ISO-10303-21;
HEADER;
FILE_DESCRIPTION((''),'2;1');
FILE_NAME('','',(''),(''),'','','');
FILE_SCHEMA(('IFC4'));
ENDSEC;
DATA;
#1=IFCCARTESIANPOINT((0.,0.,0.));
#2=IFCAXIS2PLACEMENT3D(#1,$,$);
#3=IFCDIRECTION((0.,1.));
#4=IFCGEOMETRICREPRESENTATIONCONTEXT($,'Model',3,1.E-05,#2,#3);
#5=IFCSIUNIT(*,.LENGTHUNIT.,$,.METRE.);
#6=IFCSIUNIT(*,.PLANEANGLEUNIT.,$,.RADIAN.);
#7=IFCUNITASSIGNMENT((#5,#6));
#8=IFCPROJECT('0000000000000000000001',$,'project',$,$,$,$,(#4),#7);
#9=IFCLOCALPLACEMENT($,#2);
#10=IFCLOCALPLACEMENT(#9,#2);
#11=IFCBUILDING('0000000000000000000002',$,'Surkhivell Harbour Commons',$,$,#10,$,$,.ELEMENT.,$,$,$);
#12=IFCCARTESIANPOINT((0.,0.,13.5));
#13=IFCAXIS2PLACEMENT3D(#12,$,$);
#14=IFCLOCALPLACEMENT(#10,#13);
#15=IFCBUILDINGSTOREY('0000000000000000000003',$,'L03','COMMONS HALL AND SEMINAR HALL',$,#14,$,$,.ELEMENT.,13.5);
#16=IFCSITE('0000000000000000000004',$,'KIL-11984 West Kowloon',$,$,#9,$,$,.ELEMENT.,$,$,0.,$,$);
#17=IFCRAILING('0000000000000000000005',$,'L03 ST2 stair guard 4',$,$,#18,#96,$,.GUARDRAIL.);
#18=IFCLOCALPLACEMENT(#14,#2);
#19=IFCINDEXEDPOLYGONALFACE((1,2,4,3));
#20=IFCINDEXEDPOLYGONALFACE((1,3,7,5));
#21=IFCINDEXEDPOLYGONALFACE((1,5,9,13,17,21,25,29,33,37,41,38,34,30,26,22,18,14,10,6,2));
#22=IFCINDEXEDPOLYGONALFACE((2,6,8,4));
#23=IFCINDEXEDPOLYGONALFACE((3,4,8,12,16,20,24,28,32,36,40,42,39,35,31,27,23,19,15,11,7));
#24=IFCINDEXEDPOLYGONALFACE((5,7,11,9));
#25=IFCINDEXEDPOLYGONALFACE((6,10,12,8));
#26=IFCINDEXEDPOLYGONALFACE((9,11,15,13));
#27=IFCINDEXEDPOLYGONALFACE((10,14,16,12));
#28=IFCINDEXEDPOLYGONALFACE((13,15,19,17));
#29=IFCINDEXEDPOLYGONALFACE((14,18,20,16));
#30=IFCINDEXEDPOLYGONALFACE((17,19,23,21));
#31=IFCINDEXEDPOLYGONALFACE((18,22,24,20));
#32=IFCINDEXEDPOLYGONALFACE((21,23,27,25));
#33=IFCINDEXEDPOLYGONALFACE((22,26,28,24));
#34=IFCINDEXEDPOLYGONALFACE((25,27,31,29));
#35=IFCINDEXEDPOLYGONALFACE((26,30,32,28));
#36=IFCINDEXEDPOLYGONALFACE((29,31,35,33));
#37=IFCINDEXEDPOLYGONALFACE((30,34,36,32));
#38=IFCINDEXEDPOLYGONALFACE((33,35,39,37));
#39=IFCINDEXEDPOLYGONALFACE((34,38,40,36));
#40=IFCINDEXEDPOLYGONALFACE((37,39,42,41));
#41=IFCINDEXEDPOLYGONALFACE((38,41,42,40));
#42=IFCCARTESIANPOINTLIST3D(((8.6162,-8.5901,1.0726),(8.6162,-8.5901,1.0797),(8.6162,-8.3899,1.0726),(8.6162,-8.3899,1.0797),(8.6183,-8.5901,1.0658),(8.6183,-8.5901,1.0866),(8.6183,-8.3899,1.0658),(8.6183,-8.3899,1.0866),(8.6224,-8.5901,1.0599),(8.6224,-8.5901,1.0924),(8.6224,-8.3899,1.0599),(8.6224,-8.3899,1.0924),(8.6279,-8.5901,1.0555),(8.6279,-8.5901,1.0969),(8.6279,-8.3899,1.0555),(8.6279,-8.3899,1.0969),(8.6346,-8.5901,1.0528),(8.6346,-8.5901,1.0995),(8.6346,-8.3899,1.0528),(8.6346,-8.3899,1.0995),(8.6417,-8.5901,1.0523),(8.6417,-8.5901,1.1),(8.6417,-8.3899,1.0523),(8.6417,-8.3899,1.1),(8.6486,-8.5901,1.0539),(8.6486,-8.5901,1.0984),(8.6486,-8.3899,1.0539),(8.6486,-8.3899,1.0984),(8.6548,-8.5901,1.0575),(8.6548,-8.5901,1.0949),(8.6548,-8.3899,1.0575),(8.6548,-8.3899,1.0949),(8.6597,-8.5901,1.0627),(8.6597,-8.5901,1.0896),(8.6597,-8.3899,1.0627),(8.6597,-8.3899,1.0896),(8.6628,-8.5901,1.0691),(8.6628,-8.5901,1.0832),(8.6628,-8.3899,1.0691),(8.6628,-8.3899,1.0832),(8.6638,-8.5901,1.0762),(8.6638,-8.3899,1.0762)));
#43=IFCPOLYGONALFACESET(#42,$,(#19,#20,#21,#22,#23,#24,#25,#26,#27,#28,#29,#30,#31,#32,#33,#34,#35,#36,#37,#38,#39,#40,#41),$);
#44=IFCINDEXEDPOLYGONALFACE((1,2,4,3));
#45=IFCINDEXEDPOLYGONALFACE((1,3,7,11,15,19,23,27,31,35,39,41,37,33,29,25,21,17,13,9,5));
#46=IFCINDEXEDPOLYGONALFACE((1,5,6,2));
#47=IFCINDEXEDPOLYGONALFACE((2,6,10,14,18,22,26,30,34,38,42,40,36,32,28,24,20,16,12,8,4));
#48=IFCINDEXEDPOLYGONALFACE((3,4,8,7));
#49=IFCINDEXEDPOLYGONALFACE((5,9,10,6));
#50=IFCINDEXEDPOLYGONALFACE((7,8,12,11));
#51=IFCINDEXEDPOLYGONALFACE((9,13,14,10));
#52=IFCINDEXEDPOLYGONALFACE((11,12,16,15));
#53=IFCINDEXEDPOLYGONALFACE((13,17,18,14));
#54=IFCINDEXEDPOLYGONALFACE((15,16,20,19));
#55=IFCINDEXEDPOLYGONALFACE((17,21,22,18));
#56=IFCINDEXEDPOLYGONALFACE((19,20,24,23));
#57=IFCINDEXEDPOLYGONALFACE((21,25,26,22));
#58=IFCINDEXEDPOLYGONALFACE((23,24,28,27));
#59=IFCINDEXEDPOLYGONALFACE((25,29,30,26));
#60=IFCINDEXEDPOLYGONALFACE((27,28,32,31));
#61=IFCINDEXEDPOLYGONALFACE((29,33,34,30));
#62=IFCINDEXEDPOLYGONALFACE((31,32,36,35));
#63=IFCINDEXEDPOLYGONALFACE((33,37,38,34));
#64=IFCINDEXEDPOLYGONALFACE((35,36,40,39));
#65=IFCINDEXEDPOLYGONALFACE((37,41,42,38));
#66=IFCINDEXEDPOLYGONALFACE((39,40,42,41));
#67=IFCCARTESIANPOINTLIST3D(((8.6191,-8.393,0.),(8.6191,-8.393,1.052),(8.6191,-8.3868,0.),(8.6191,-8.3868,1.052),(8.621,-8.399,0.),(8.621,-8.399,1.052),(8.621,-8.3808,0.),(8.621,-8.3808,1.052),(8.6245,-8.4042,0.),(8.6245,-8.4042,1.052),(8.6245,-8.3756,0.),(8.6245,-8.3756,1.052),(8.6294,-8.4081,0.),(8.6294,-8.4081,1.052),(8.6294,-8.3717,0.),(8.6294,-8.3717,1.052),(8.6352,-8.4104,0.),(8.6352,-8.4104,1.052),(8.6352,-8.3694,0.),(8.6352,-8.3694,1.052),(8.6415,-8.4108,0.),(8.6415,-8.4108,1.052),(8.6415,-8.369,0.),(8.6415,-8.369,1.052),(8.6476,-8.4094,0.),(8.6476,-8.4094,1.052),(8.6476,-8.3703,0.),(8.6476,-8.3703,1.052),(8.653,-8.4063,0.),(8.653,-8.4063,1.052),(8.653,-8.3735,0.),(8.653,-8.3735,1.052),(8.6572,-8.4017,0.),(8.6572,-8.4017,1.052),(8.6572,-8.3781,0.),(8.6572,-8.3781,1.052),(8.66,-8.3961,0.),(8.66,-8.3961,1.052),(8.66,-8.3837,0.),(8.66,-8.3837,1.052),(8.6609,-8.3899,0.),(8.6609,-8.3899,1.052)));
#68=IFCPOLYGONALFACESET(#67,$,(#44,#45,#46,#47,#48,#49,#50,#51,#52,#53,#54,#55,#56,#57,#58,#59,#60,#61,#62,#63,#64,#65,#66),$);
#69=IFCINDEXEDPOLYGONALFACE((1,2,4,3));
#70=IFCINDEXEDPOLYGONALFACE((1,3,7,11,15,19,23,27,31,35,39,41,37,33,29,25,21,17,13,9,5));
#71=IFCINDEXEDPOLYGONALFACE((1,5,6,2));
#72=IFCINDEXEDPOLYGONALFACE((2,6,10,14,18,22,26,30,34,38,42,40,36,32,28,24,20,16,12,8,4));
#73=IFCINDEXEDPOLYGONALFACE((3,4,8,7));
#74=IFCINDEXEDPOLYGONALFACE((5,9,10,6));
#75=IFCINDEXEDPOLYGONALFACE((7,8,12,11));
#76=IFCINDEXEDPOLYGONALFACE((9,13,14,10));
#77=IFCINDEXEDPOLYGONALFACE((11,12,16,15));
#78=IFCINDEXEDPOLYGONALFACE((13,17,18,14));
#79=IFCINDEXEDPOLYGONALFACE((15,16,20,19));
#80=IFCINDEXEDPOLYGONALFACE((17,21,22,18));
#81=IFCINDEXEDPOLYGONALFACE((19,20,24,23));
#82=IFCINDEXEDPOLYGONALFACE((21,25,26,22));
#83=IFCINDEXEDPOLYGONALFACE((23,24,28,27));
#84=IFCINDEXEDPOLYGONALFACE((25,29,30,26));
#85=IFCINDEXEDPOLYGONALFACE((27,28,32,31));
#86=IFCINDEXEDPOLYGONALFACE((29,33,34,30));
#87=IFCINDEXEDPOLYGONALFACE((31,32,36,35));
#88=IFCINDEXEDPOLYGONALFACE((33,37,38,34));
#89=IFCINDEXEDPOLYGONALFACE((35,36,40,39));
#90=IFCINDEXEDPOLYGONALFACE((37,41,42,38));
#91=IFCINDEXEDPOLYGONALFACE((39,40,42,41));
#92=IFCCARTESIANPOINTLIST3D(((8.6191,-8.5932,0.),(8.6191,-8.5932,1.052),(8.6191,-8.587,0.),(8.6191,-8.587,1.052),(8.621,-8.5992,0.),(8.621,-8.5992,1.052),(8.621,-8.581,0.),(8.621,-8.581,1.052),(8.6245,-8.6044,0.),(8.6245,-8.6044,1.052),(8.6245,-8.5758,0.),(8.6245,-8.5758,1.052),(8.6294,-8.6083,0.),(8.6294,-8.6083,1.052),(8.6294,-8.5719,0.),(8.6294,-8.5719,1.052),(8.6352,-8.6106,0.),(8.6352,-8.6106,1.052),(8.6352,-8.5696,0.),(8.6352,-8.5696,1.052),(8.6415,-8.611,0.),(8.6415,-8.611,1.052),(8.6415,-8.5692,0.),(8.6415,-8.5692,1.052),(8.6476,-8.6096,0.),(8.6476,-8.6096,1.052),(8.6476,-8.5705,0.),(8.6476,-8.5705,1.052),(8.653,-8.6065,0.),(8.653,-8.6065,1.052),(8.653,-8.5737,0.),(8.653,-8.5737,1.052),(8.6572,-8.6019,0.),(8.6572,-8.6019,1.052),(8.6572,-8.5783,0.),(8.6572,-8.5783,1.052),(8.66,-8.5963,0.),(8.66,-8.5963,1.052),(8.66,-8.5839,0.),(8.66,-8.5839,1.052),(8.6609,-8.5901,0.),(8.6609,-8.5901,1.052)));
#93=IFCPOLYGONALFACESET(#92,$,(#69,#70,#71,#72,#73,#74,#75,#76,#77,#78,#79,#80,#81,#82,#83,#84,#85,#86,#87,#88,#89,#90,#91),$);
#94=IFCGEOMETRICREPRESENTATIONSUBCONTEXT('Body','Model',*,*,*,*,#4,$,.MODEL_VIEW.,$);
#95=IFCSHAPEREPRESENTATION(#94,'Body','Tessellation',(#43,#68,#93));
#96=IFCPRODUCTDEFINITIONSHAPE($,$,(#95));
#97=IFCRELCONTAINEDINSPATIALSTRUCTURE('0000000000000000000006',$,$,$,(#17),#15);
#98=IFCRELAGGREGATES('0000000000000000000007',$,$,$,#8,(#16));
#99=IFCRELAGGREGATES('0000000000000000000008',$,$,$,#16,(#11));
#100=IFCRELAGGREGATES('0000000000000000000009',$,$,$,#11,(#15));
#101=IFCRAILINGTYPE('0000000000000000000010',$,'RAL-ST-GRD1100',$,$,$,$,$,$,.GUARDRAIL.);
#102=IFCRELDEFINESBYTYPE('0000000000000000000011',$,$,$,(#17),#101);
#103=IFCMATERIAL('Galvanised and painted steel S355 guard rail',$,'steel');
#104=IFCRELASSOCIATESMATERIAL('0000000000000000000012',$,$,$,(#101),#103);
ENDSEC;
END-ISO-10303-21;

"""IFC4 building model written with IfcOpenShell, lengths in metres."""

from ifc_helpers import new_model, si_unit, direction, frame, origin, origin_2d, place, context, subcontext, project, spatial, circle, extrude, material, type_object, element, save


model = new_model("IFC4")

# Units and contexts
model_context = context("Model", 3, precision=1e-05, world=origin(), true_north=direction((0.0, 1.0)))
body_context = subcontext(model_context, "Body", "Model", "MODEL_VIEW")
ifc_project = project(units=[si_unit("LENGTHUNIT", "METRE"), si_unit("PLANEANGLEUNIT", "RADIAN")], contexts=[model_context])

# Site, building, storey
site_placement = place(None, origin())
site = spatial("IfcSite", under=ifc_project, at=site_placement, Name="KIL-11984 West Kowloon", CompositionType="ELEMENT", RefElevation=0.0)
building_placement = place(site_placement, origin())
building = spatial("IfcBuilding", under=site, at=building_placement, Name="Surkhivell Harbour Commons", CompositionType="ELEMENT")
storey_placement = place(building_placement, frame((0.0, 0.0, 13.5)))
storey = spatial("IfcBuildingStorey", under=building, at=storey_placement, Name="L03", Description="COMMONS HALL AND SEMINAR HALL", CompositionType="ELEMENT", Elevation=13.5)

# Railing
ifc_material_1 = material(Name="Galvanised and painted steel S355 guard rail", Category="steel")
railing_type_1 = type_object("IfcRailingType", Name="RAL-ST-GRD1100", PredefinedType="GUARDRAIL", material=ifc_material_1)
railing_1_placement = place(storey_placement, frame((8.6399, -8.3899, 0.0)))
element("IfcRailing", 1, at=railing_1_placement, inside=storey, type_object=railing_type_1, Name="L03 ST2 stair guard 4", PredefinedType="GUARDRAIL", context=body_context, shape_type="SweptSolid", body=[
    extrude(circle(Radius=0.0239, at=origin_2d()), frame((0.0, 0.0, 1.0762), z_axis=(0.0, -1.0, 0.0), x_axis=(1.0, 0.0, 0.0)), (0.0, 0.0, 1.0), 0.2002),
    extrude(circle(Radius=0.021, at=origin_2d()), origin(), (0.0, 0.0, 1.0), 1.052),
    extrude(circle(Radius=0.021, at=origin_2d()), frame((0.0, -0.2002, 0.0)), (0.0, 0.0, 1.0), 1.052),
])

save(model, "model.ifc")
